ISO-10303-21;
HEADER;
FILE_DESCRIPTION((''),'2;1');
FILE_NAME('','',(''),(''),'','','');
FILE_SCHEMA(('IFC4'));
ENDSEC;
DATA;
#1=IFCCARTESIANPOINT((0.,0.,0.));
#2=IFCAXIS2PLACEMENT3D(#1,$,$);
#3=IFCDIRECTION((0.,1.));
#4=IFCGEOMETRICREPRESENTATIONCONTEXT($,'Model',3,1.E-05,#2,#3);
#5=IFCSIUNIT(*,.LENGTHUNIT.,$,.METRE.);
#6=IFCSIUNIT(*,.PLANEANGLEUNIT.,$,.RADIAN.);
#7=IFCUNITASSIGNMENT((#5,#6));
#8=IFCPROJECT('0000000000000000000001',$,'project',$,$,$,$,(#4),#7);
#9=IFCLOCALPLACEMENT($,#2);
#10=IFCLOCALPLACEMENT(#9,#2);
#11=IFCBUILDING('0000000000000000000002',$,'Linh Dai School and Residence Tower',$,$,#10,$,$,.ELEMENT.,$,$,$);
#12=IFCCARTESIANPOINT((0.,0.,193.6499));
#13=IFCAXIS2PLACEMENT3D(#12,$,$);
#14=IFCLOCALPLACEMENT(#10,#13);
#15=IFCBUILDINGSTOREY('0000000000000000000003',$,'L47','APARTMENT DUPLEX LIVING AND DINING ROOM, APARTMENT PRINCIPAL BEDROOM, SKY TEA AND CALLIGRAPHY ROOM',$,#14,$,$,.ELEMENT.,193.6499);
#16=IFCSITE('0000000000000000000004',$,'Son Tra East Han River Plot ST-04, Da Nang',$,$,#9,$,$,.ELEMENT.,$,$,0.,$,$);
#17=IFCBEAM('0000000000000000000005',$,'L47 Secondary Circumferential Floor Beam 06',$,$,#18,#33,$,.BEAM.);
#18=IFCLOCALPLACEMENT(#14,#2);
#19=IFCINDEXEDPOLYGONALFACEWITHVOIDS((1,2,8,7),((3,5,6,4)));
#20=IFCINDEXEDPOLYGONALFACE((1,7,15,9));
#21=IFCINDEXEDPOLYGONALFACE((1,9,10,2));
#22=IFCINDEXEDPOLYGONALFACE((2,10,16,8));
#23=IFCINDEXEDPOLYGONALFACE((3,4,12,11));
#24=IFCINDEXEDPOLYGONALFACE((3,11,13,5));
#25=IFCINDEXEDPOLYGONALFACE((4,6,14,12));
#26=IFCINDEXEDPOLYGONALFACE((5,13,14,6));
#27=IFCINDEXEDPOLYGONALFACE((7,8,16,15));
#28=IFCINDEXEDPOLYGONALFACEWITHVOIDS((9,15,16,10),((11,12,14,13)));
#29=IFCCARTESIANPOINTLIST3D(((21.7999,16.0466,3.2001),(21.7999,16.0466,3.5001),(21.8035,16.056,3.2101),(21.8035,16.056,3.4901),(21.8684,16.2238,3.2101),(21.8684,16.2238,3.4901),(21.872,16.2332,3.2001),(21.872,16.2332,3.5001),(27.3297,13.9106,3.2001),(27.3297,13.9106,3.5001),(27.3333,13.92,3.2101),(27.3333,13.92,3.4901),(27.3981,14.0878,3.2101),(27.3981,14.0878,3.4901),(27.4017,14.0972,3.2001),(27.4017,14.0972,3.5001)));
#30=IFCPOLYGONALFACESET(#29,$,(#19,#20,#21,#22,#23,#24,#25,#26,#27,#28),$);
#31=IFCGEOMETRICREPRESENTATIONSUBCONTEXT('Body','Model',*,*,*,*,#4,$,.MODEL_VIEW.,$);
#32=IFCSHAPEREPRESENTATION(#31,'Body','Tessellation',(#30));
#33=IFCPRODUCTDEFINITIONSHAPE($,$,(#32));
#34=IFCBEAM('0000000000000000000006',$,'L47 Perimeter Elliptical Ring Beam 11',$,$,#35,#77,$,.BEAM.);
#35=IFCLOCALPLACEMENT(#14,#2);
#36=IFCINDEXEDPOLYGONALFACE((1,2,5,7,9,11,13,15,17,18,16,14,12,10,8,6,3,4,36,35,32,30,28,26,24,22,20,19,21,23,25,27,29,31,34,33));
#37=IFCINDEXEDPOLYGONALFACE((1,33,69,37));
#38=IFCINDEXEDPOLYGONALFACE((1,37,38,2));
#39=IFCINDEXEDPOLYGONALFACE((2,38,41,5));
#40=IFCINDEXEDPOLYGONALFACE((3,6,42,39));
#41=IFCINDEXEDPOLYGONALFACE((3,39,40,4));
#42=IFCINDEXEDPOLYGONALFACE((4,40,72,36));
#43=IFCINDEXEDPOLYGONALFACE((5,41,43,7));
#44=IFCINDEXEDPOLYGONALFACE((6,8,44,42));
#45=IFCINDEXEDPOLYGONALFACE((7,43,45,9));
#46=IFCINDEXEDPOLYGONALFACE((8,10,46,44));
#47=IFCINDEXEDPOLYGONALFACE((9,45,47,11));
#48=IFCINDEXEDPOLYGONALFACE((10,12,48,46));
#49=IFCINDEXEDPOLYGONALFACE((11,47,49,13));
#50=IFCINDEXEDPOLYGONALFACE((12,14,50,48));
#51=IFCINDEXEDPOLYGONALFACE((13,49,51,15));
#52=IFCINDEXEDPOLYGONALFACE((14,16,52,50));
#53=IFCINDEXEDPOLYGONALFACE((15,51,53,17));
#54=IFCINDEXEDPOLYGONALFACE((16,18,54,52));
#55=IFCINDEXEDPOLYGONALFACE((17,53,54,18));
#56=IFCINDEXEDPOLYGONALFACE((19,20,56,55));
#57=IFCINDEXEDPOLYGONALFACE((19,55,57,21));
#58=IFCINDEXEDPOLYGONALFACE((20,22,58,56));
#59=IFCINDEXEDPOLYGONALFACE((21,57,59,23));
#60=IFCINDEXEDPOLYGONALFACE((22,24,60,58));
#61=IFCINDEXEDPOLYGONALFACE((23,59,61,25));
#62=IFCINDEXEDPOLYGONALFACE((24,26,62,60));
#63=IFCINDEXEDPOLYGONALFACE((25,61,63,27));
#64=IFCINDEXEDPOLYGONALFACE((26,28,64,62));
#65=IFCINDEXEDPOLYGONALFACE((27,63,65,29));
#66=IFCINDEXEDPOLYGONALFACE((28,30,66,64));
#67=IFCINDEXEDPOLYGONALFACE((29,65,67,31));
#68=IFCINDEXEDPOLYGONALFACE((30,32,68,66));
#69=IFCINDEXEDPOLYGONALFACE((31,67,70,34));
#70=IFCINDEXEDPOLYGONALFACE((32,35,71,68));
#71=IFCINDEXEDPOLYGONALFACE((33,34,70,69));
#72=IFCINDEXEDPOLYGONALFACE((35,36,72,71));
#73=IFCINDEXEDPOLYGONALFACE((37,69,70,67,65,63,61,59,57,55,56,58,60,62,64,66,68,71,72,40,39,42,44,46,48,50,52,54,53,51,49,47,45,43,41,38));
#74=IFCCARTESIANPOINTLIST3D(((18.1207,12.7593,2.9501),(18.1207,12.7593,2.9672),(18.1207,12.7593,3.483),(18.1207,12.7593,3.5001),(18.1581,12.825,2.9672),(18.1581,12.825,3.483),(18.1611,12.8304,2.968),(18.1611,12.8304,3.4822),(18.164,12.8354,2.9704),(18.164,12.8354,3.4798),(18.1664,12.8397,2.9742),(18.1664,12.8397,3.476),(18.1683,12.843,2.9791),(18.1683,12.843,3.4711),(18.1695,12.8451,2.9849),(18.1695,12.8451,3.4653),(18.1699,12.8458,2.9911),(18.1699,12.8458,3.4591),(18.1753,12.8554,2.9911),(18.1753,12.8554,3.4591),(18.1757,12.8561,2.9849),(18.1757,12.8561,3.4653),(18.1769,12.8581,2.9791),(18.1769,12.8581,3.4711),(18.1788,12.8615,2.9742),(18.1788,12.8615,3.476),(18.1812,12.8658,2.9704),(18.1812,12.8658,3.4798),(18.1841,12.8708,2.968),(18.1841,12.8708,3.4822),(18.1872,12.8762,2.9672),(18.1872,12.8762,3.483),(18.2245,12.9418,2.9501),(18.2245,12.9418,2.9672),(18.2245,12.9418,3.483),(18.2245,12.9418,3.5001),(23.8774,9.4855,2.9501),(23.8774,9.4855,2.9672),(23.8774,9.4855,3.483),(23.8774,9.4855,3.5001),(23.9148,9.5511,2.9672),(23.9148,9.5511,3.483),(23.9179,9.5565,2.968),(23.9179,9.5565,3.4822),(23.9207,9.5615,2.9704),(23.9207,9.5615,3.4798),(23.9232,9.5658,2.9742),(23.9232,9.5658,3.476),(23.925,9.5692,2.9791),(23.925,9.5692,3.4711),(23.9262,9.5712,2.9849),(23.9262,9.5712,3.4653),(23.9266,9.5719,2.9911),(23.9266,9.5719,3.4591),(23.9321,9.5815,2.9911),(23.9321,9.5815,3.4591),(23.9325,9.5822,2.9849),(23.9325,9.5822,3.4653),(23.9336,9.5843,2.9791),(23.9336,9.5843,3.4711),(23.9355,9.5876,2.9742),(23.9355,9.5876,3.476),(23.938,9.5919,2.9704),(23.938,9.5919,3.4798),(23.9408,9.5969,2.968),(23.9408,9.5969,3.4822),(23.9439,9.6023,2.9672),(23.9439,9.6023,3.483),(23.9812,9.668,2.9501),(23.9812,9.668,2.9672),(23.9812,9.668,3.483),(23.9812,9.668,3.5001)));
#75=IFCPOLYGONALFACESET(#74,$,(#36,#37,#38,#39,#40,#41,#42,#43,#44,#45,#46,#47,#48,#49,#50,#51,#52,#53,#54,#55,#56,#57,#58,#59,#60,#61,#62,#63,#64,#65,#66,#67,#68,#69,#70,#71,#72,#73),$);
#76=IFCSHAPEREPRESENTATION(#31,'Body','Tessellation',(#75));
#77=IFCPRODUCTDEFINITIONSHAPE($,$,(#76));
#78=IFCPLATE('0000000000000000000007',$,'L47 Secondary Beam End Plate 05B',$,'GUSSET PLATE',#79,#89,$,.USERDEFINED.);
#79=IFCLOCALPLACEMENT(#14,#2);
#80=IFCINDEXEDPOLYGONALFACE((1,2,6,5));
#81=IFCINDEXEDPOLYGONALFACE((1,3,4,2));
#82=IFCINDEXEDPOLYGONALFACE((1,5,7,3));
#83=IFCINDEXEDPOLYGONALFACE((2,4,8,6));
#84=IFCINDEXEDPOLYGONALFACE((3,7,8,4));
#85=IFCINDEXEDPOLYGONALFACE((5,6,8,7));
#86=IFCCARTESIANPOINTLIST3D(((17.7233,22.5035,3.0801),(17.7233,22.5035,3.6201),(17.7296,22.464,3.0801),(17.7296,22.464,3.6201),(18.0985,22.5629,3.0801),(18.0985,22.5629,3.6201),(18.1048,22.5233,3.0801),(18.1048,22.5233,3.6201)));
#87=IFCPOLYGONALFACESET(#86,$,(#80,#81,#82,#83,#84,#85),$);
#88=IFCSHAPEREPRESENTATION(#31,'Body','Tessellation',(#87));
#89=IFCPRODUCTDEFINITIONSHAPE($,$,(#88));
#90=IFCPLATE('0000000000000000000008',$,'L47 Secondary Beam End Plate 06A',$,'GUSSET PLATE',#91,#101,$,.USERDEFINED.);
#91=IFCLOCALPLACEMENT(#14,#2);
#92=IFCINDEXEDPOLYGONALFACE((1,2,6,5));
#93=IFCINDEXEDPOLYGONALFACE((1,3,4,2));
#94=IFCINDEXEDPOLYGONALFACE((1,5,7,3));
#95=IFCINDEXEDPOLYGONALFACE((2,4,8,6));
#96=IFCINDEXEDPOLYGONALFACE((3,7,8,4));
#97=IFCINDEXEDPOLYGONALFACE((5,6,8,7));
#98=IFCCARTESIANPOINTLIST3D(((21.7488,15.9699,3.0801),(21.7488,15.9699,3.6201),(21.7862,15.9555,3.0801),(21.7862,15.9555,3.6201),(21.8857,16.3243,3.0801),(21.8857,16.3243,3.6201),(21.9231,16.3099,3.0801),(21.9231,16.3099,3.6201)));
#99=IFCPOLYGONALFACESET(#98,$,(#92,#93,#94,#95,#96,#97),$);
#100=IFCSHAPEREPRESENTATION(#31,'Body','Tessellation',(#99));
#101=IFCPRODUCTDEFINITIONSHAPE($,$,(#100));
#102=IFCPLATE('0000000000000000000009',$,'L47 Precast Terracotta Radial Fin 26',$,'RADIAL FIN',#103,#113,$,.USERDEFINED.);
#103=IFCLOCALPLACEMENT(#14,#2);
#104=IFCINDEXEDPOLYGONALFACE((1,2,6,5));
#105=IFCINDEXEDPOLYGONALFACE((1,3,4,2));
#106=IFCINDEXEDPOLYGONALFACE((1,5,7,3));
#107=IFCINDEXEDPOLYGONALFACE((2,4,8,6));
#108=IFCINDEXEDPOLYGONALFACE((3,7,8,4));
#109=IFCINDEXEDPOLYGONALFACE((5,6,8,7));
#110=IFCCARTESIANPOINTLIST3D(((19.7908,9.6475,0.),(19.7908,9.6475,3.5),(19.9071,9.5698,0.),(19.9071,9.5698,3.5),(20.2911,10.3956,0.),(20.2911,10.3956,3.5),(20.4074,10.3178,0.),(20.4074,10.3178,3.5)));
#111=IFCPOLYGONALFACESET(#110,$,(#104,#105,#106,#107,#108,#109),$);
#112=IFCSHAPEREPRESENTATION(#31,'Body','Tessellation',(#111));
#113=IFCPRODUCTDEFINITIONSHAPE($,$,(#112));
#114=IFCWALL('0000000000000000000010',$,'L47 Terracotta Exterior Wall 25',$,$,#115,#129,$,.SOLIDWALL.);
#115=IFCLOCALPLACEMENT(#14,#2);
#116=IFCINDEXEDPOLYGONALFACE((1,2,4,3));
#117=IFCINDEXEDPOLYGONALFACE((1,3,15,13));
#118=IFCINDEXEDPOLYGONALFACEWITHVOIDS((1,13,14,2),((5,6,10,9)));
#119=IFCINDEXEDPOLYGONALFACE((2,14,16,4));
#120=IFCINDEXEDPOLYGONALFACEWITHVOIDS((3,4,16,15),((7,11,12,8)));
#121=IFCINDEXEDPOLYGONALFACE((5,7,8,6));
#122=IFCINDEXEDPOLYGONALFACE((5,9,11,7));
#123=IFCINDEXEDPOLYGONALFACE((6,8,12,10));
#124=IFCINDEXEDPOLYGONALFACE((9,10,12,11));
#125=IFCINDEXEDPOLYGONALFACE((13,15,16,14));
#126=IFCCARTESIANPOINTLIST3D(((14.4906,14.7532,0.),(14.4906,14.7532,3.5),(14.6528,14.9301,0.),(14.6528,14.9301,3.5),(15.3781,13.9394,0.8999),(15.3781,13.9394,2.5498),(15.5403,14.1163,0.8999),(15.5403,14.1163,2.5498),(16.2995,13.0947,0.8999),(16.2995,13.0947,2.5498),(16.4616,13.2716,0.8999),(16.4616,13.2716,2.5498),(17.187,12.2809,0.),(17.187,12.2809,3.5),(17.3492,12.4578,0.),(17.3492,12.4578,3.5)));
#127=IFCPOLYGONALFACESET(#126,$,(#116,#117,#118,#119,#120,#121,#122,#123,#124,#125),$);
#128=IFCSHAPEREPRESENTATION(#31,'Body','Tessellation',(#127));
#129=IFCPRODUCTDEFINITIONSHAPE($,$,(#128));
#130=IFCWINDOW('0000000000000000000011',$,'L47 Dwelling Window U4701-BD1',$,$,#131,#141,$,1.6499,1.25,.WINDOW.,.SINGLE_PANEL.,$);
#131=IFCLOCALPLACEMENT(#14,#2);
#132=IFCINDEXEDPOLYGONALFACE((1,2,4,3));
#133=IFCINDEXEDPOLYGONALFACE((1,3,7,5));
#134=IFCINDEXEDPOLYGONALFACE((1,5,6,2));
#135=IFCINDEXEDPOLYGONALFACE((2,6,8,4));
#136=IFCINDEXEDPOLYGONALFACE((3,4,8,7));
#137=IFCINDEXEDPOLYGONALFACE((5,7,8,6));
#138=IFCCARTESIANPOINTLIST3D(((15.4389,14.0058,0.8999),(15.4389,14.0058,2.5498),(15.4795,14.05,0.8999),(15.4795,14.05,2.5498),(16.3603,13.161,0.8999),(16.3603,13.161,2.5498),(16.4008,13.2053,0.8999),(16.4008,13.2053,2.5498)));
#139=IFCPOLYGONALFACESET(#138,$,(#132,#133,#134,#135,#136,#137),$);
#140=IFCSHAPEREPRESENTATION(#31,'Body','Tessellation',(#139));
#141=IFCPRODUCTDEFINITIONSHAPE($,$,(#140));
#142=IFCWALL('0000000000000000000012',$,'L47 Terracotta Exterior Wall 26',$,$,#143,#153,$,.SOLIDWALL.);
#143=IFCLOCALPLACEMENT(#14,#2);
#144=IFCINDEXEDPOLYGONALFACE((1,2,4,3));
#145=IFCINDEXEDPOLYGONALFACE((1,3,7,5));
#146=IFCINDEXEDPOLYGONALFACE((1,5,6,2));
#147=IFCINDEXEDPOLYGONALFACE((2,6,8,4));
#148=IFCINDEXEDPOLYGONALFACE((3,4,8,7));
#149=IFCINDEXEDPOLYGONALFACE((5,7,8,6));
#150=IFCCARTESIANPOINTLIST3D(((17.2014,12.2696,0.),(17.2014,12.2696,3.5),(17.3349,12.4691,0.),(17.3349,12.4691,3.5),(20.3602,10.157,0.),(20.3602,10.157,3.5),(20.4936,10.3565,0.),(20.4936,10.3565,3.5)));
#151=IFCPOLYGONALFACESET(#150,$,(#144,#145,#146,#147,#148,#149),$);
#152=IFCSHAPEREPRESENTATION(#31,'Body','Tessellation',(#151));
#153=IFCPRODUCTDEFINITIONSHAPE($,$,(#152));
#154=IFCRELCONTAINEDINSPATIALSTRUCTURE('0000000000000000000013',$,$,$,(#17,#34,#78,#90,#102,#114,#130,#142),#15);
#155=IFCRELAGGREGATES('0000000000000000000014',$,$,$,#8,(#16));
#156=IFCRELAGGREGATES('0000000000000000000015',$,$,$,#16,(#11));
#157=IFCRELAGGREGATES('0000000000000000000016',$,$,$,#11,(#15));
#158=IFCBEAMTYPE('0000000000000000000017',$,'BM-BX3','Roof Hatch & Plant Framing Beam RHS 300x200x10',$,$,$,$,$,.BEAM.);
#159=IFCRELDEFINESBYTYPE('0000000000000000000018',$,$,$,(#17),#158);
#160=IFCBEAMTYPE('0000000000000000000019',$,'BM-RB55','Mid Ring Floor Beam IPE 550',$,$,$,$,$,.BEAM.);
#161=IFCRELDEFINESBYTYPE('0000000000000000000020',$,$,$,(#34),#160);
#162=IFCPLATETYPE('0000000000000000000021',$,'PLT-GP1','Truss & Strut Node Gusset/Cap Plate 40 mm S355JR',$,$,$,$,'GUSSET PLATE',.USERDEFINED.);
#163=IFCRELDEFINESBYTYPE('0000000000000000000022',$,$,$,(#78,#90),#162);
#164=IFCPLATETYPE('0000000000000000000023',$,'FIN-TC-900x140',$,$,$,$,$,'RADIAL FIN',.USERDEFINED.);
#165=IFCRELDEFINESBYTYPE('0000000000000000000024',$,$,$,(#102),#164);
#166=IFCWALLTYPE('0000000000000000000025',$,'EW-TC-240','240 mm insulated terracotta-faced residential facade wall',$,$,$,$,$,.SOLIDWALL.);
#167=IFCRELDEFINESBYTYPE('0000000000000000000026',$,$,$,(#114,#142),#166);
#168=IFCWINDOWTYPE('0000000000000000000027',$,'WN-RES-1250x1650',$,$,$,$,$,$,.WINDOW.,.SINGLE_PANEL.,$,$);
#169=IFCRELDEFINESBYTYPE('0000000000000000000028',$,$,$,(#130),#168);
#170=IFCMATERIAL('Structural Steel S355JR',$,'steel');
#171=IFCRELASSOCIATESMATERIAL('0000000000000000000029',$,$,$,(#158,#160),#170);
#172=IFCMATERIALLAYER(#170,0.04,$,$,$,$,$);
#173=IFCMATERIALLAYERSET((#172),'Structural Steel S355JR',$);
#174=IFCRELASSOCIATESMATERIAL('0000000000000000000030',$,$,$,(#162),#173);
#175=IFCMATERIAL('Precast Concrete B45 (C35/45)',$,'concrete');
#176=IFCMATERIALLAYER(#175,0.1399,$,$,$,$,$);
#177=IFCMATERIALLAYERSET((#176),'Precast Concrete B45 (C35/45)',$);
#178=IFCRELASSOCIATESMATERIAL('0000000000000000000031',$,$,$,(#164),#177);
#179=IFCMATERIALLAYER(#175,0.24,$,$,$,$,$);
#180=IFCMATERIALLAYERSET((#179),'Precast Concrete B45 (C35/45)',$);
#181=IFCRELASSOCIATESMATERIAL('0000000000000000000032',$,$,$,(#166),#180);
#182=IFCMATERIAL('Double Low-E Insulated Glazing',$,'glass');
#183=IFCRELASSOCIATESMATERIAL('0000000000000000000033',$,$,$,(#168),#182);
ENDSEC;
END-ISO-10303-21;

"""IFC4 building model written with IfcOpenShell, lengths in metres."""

from ifc_helpers import new_model, si_unit, direction, frame, frame_2d, origin, origin_2d, place, context, subcontext, project, spatial, rectangle, hollow_rectangle, i_section, extrude, source, transform, mapped, material, layer, layer_set, material_profile, profile_set, type_object, element, fill, save


model = new_model("IFC4")

# Units and contexts
model_context = context("Model", 3, precision=1e-05, world=origin(), true_north=direction((0.0, 1.0)))
body_context = subcontext(model_context, "Body", "Model", "MODEL_VIEW")
ifc_project = project(units=[si_unit("LENGTHUNIT", "METRE"), si_unit("PLANEANGLEUNIT", "RADIAN")], contexts=[model_context])

# Site, building, storey
site_placement = place(None, origin())
site = spatial("IfcSite", under=ifc_project, at=site_placement, Name="Son Tra East Han River Plot ST-04, Da Nang", CompositionType="ELEMENT", RefElevation=0.0)
building_placement = place(site_placement, origin())
building = spatial("IfcBuilding", under=site, at=building_placement, Name="Linh Dai School and Residence Tower", CompositionType="ELEMENT")
storey_placement = place(building_placement, frame((0.0, 0.0, 193.6499)))
storey = spatial("IfcBuildingStorey", under=building, at=storey_placement, Name="L47", Description="APARTMENT DUPLEX LIVING AND DINING ROOM, APARTMENT PRINCIPAL BEDROOM, SKY TEA AND CALLIGRAPHY ROOM", CompositionType="ELEMENT", Elevation=193.6499)

# Shared definitions
ifc_material_1 = material(Name="Structural Steel S355JR", Category="steel")

# Beams
ifc_material_profile_1 = material_profile(ifc_material_1, hollow_rectangle(XDim=0.2, YDim=0.3, WallThickness=0.01, at=origin_2d()), Name="RHS 300x200x10")
ifc_profile_set_1 = profile_set([ifc_material_profile_1], Name="Structural Steel S355JR")
beam_type_1 = type_object("IfcBeamType", Name="BM-BX3", Description="Roof Hatch & Plant Framing Beam RHS 300x200x10", PredefinedType="BEAM", material=ifc_profile_set_1)
beam_1_placement = place(storey_placement, frame((21.8359, 16.1399, 3.3501), z_axis=(0.932828, -0.360323, 0.0), x_axis=(0.360323, 0.932828, 0.0)))
element("IfcBeam", 1, at=beam_1_placement, inside=storey, type_object=beam_type_1, Name="L47 Secondary Circumferential Floor Beam 06", PredefinedType="BEAM", context=body_context, shape_type="SweptSolid", body=[
    extrude(hollow_rectangle(XDim=0.2, YDim=0.3, WallThickness=0.01, at=origin_2d()), origin(), (0.0, 0.0, 1.0), 5.928),
])
ifc_material_profile_2 = material_profile(ifc_material_1, i_section(OverallWidth=0.21, OverallDepth=0.55, WebThickness=0.011, FlangeThickness=0.0171, FilletRadius=0.0239, at=origin_2d()), Name="IPE 550")
ifc_profile_set_2 = profile_set([ifc_material_profile_2], Name="Structural Steel S355JR")
beam_type_2 = type_object("IfcBeamType", Name="BM-RB55", Description="Mid Ring Floor Beam IPE 550", PredefinedType="BEAM", material=ifc_profile_set_2)
beam_2_placement = place(storey_placement, frame((18.1726, 12.8506, 3.2251), z_axis=(0.869262, -0.494351, 0.0), x_axis=(0.494351, 0.869262, 0.0)))
element("IfcBeam", 2, at=beam_2_placement, inside=storey, type_object=beam_type_2, Name="L47 Perimeter Elliptical Ring Beam 11", PredefinedType="BEAM", context=body_context, shape_type="SweptSolid", body=[
    extrude(i_section(OverallWidth=0.21, OverallDepth=0.55, WebThickness=0.011, FlangeThickness=0.0171, FilletRadius=0.0239, at=origin_2d()), origin(), (0.0, 0.0, 1.0), 6.6226),
])

# Plates
ifc_layer_1 = layer(ifc_material_1, 0.04)
ifc_layer_set_1 = layer_set([ifc_layer_1], Name="Structural Steel S355JR")
plate_type_1 = type_object("IfcPlateType", Name="PLT-GP1", Description="Truss & Strut Node Gusset/Cap Plate 40 mm S355JR", ElementType="GUSSET PLATE", PredefinedType="USERDEFINED", material=ifc_layer_set_1)
shared_shape_1 = source(origin(), body_context, "Body", "SweptSolid", [
    extrude(rectangle(XDim=0.04, YDim=0.3799, at=origin_2d()), origin(), (0.0, 0.0, 1.0), 0.54),
])
for number, where, z_axis, x_axis, name in (
    (3, (17.9141, 22.5134, 3.0801), (0.0, 0.0, 1.0), (0.156309, -0.987708, 0.0), "L47 Secondary Beam End Plate 05B"),
    (4, (21.8359, 16.1399, 3.0801), (0.0, 0.0, 1.0), (0.932823, -0.360335, 0.0), "L47 Secondary Beam End Plate 06A"),
):
    element("IfcPlate", number, at=place(storey_placement, frame(where, z_axis=z_axis, x_axis=x_axis)), inside=storey, type_object=plate_type_1, Name=name, ObjectType="GUSSET PLATE", PredefinedType="USERDEFINED", context=body_context, shape_type="MappedRepresentation", body=[
        mapped(shared_shape_1, transform((0.0, 0.0, 0.0), x_axis=(1.0, 0.0, 0.0), y_axis=(0.0, 1.0, 0.0), z_axis=(0.0, 0.0, 1.0), scale=1.0)),
    ])
ifc_material_2 = material(Name="Precast Concrete B45 (C35/45)", Category="concrete")
ifc_layer_2 = layer(ifc_material_2, 0.1399)
ifc_layer_set_2 = layer_set([ifc_layer_2], Name="Precast Concrete B45 (C35/45)")
plate_type_2 = type_object("IfcPlateType", Name="FIN-TC-900x140", ElementType="RADIAL FIN", PredefinedType="USERDEFINED", material=ifc_layer_set_2)
shared_shape_2 = source(origin(), body_context, "Body", "SweptSolid", [
    extrude(rectangle(XDim=0.8999, YDim=0.1399, at=origin_2d()), origin(), (0.0, 0.0, 1.0), 3.5),
])
plate_placement = place(storey_placement, frame((20.0991, 9.9827, 0.0), z_axis=(0.0, 0.0, 1.0), x_axis=(-0.555931, -0.831228, 0.0)))
element("IfcPlate", 5, at=plate_placement, inside=storey, type_object=plate_type_2, Name="L47 Precast Terracotta Radial Fin 26", ObjectType="RADIAL FIN", PredefinedType="USERDEFINED", context=body_context, shape_type="MappedRepresentation", body=[
    mapped(shared_shape_2, transform((0.0, 0.0, 0.0), x_axis=(1.0, 0.0, 0.0), y_axis=(0.0, 1.0, 0.0), z_axis=(0.0, 0.0, 1.0), scale=1.0)),
])

# Wall, opening, window
ifc_layer_3 = layer(ifc_material_2, 0.24)
ifc_layer_set_3 = layer_set([ifc_layer_3], Name="Precast Concrete B45 (C35/45)")
wall_type_1 = type_object("IfcWallType", Name="EW-TC-240", Description="240 mm insulated terracotta-faced residential facade wall", PredefinedType="SOLIDWALL", material=ifc_layer_set_3)
wall_1_placement = place(storey_placement, frame((17.2681, 12.3694, 0.0), z_axis=(0.0, 0.0, 1.0), x_axis=(-0.737077, 0.675809, 0.0)))
wall_1 = element("IfcWall", 6, at=wall_1_placement, inside=storey, type_object=wall_type_1, Name="L47 Terracotta Exterior Wall 25", PredefinedType="SOLIDWALL", context=body_context, shape_type="SweptSolid", body=[
    extrude(rectangle(XDim=3.6582, YDim=0.24, at=frame_2d((1.8291, 0.0))), origin(), (0.0, 0.0, 1.0), 3.5),
])
opening_1_placement = place(wall_1_placement, frame((1.2041, 0.0, 0.8999)))
opening_1 = element("IfcOpeningElement", 7, at=opening_1_placement, cuts=wall_1, PredefinedType="OPENING", context=body_context, shape_type="SweptSolid", body=[
    extrude(rectangle(XDim=1.25, YDim=1.6499, at=origin_2d()), frame((0.625, 0.1299, 0.825), z_axis=(0.0, -1.0, 0.0), x_axis=(1.0, 0.0, 0.0)), (0.0, 0.0, 1.0), 0.26),
])
ifc_material_3 = material(Name="Double Low-E Insulated Glazing", Category="glass")
window_type_1 = type_object("IfcWindowType", Name="WN-RES-1250x1650", PartitioningType="SINGLE_PANEL", PredefinedType="WINDOW", material=ifc_material_3)
shared_shape_3 = source(origin(), body_context, "Body", "SweptSolid", [
    extrude(rectangle(XDim=1.25, YDim=1.6499, at=origin_2d()), frame((0.625, 0.03, 0.825), z_axis=(0.0, -1.0, 0.0), x_axis=(1.0, 0.0, 0.0)), (0.0, 0.0, 1.0), 0.0601),
])
window_1_placement = place(opening_1_placement, origin())
window_1 = element("IfcWindow", 8, at=window_1_placement, inside=storey, type_object=window_type_1, Name="L47 Dwelling Window U4701-BD1", OverallHeight=1.6499, OverallWidth=1.25, PartitioningType="SINGLE_PANEL", PredefinedType="WINDOW", context=body_context, shape_type="MappedRepresentation", body=[
    mapped(shared_shape_3, transform((0.0, 0.0, 0.0), x_axis=(1.0, 0.0, 0.0), y_axis=(0.0, 1.0, 0.0), z_axis=(0.0, 0.0, 1.0), scale=1.0)),
])
fill(opening_1, window_1)

# Wall
wall_2_placement = place(storey_placement, frame((20.4268, 10.2568, 0.0), z_axis=(0.0, 0.0, 1.0), x_axis=(-0.831229, 0.55593, 0.0)))
element("IfcWall", 9, at=wall_2_placement, inside=storey, type_object=wall_type_1, Name="L47 Terracotta Exterior Wall 26", PredefinedType="SOLIDWALL", context=body_context, shape_type="SweptSolid", body=[
    extrude(rectangle(XDim=3.8, YDim=0.24, at=frame_2d((1.8999, 0.0))), origin(), (0.0, 0.0, 1.0), 3.5),
])

save(model, "model.ifc")
